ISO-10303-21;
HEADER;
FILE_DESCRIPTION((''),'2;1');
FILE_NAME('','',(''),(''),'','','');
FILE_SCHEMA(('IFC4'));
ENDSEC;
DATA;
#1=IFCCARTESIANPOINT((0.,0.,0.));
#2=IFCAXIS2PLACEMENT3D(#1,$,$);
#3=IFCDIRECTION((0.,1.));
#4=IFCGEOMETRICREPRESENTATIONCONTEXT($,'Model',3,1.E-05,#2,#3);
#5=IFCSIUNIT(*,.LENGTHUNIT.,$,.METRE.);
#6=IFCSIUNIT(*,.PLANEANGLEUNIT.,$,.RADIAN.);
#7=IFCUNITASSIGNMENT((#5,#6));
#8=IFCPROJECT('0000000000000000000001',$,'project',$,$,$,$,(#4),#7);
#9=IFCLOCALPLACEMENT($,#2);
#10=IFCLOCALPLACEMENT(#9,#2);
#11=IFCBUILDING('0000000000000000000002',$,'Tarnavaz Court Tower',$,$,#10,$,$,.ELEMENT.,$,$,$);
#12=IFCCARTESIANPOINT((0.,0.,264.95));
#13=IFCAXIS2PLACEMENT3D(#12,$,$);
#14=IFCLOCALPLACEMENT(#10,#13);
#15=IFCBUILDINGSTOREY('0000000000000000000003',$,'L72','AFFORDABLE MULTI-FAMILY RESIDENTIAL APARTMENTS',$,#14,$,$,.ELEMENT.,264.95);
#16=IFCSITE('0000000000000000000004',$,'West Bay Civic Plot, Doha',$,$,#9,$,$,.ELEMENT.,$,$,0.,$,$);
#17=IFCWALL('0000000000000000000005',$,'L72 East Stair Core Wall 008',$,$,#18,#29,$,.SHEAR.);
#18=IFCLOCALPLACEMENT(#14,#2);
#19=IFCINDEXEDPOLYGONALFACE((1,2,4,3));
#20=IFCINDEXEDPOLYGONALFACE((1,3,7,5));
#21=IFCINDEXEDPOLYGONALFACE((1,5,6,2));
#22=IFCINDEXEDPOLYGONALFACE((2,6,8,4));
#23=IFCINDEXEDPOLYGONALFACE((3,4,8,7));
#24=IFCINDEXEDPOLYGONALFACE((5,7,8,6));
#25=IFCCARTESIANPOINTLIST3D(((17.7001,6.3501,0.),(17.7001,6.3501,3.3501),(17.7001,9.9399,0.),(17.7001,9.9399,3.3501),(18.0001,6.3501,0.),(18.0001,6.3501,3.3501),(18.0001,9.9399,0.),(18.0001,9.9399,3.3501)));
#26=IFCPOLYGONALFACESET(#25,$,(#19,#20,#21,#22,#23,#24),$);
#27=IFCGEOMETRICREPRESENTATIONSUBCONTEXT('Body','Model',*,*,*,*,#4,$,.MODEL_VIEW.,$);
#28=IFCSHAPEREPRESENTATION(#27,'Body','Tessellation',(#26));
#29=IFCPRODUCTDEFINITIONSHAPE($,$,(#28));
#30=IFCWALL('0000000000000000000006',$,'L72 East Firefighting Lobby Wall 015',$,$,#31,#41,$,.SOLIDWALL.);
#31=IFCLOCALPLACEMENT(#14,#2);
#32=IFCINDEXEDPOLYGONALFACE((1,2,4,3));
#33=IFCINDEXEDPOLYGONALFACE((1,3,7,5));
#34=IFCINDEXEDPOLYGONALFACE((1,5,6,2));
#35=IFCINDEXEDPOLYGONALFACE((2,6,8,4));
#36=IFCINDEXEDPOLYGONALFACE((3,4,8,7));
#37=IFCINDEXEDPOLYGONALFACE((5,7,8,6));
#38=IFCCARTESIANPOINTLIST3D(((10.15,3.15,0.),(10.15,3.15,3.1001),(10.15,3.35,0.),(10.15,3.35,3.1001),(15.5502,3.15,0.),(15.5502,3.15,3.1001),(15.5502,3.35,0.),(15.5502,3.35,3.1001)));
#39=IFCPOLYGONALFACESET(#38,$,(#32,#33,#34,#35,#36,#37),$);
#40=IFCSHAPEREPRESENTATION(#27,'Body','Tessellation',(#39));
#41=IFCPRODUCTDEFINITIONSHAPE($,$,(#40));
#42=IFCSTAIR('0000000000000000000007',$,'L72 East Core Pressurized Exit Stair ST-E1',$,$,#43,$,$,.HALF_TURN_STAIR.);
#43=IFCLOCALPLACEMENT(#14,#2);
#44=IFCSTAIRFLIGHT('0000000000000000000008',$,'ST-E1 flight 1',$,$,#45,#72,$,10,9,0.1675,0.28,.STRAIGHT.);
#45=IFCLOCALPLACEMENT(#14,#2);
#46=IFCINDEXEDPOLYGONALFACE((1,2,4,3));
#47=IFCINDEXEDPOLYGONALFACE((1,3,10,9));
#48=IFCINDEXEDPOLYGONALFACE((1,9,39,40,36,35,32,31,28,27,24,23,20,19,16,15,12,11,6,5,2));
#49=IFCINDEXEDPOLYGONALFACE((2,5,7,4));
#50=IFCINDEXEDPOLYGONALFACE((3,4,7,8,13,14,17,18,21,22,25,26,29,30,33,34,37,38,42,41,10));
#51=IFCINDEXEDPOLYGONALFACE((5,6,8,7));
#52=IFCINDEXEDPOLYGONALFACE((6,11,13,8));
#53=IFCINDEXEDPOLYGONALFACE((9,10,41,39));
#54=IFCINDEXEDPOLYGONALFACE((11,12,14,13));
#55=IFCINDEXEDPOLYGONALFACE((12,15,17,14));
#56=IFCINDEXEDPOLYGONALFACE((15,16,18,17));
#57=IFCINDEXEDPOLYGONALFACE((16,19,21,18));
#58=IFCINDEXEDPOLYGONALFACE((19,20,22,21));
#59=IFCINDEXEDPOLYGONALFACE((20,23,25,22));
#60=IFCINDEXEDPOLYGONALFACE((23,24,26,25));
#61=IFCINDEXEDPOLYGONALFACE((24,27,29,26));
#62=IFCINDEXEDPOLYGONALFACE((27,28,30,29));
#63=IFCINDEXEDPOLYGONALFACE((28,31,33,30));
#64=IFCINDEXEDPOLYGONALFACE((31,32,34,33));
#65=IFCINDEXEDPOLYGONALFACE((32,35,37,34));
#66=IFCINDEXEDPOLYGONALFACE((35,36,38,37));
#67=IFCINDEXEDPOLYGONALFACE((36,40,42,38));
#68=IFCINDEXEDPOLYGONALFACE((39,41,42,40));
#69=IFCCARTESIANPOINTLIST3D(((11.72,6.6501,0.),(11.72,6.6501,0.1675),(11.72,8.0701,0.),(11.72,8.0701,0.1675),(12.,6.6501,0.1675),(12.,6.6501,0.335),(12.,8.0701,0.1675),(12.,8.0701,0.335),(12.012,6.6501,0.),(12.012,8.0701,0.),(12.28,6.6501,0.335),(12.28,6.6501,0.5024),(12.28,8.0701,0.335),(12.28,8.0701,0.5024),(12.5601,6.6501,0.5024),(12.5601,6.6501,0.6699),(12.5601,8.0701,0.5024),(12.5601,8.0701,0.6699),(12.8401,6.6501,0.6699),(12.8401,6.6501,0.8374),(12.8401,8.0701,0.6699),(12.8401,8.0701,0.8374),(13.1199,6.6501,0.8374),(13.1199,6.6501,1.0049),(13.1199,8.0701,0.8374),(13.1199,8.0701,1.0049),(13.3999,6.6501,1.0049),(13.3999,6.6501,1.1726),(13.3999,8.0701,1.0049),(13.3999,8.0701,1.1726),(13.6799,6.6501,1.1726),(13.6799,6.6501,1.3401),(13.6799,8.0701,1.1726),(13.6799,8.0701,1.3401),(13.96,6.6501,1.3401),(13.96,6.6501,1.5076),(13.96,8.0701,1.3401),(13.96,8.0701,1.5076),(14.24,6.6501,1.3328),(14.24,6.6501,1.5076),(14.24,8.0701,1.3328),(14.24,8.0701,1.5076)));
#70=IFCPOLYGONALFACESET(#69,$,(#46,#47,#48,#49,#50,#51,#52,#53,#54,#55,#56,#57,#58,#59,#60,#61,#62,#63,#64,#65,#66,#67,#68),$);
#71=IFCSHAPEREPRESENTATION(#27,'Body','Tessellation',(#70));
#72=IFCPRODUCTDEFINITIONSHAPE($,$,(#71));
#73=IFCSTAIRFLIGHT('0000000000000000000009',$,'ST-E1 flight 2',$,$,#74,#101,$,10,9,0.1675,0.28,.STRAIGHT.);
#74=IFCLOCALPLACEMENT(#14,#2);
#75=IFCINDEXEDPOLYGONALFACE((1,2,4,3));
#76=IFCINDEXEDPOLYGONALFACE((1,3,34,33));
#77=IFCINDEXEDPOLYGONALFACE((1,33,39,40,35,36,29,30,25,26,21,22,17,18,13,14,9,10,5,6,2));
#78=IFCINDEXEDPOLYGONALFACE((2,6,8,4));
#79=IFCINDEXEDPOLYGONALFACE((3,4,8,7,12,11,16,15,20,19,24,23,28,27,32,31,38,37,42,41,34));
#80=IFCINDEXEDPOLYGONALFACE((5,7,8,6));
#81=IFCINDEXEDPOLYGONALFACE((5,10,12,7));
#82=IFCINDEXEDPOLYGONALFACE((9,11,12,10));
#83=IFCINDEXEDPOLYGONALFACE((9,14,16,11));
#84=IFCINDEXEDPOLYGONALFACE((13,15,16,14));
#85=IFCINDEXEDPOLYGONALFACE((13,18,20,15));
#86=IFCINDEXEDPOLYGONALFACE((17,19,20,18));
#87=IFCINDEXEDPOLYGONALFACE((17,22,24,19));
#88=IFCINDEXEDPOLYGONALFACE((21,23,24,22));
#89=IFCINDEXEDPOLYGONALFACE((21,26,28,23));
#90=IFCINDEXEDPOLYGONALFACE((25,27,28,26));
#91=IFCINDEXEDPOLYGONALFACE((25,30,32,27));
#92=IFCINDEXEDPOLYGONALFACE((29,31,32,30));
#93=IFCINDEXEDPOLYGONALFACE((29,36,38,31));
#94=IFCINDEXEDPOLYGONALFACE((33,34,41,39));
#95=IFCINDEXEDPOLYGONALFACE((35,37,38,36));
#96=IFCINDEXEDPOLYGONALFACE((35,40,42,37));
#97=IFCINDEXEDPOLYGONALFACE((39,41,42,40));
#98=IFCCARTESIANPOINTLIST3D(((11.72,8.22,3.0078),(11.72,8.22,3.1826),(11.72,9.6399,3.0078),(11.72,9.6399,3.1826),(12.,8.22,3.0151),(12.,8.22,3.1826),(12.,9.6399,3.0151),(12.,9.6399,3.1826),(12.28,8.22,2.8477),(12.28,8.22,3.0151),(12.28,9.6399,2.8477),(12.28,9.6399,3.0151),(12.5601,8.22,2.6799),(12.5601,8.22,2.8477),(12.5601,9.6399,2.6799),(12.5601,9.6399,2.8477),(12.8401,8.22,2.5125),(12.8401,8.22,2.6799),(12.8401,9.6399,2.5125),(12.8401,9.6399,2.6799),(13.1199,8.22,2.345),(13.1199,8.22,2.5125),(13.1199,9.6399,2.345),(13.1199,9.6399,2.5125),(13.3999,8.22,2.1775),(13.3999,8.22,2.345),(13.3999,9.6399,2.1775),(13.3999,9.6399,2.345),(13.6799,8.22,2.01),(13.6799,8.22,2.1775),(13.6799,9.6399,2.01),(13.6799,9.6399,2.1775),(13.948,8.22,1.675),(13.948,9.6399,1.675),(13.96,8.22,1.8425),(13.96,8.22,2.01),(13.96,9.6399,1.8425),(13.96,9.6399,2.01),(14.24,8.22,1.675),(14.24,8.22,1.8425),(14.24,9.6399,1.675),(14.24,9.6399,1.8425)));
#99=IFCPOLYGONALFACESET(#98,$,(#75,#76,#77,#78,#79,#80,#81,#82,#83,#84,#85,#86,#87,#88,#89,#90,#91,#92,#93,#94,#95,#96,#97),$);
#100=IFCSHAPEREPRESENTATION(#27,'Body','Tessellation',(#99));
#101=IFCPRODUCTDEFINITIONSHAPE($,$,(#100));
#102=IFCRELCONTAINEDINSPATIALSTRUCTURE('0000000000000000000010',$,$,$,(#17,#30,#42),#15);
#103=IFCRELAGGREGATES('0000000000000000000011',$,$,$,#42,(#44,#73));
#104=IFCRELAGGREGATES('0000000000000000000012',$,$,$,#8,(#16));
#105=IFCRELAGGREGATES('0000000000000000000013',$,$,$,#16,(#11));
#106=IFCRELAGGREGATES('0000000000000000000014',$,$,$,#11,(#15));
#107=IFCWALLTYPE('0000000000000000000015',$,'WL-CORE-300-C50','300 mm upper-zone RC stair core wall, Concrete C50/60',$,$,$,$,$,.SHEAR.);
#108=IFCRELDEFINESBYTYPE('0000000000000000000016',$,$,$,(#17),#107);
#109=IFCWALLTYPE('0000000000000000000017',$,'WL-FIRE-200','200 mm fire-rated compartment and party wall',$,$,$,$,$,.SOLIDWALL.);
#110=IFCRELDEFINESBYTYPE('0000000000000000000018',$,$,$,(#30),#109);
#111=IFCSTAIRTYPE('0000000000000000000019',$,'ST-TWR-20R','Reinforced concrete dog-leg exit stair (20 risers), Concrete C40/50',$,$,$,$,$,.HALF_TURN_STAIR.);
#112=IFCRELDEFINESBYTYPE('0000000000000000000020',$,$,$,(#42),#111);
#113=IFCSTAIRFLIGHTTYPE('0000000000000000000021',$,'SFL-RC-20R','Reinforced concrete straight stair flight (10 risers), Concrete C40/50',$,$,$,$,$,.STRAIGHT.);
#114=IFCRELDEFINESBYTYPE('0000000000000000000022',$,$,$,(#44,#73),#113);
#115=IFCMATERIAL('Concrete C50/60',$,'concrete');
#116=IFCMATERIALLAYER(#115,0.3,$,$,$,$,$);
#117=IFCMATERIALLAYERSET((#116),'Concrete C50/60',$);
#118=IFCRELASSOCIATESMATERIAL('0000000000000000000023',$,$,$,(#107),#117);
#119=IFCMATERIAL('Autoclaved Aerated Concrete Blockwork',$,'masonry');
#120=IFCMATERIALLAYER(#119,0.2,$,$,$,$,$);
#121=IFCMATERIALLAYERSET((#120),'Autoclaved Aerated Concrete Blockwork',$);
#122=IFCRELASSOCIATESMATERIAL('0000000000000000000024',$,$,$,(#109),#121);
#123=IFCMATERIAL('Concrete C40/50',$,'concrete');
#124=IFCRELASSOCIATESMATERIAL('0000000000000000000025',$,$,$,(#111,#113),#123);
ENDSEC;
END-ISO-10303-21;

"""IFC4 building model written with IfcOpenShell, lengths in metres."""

from ifc_helpers import new_model, si_unit, direction, frame, frame_2d, origin, place, context, subcontext, project, spatial, polyline, rectangle, outline, extrude, material, layer, layer_set, type_object, element, aggregate, save


model = new_model("IFC4")

# Units and contexts
model_context = context("Model", 3, precision=1e-05, world=origin(), true_north=direction((0.0, 1.0)))
body_context = subcontext(model_context, "Body", "Model", "MODEL_VIEW")
ifc_project = project(units=[si_unit("LENGTHUNIT", "METRE"), si_unit("PLANEANGLEUNIT", "RADIAN")], contexts=[model_context])

# Site, building, storey
site_placement = place(None, origin())
site = spatial("IfcSite", under=ifc_project, at=site_placement, Name="West Bay Civic Plot, Doha", CompositionType="ELEMENT", RefElevation=0.0)
building_placement = place(site_placement, origin())
building = spatial("IfcBuilding", under=site, at=building_placement, Name="Tarnavaz Court Tower", CompositionType="ELEMENT")
storey_placement = place(building_placement, frame((0.0, 0.0, 264.95)))
storey = spatial("IfcBuildingStorey", under=building, at=storey_placement, Name="L72", Description="AFFORDABLE MULTI-FAMILY RESIDENTIAL APARTMENTS", CompositionType="ELEMENT", Elevation=264.95)

# Shared definitions
ifc_material_1 = material(Name="Concrete C50/60", Category="concrete")

# Walls
ifc_layer_1 = layer(ifc_material_1, 0.3)
ifc_layer_set_1 = layer_set([ifc_layer_1], Name="Concrete C50/60")
wall_type_1 = type_object("IfcWallType", Name="WL-CORE-300-C50", Description="300 mm upper-zone RC stair core wall, Concrete C50/60", PredefinedType="SHEAR", material=ifc_layer_set_1)
for number, where, z_axis, x_axis, name in (
    (1, (17.8501, 6.3501, 0.0), (0.0, 0.0, 1.0), (0.0, 1.0, 0.0), "L72 East Stair Core Wall 008"),
):
    element("IfcWall", number, at=place(storey_placement, frame(where, z_axis=z_axis, x_axis=x_axis)), inside=storey, type_object=wall_type_1, Name=name, PredefinedType="SHEAR", context=body_context, shape_type="SweptSolid", body=[
        extrude(rectangle(XDim=3.5898, YDim=0.3, at=frame_2d((1.7949, 0.0))), origin(), (0.0, 0.0, 1.0), 3.3501),
    ])
ifc_material_2 = material(Name="Autoclaved Aerated Concrete Blockwork", Category="masonry")
ifc_layer_2 = layer(ifc_material_2, 0.2)
ifc_layer_set_2 = layer_set([ifc_layer_2], Name="Autoclaved Aerated Concrete Blockwork")
wall_type_2 = type_object("IfcWallType", Name="WL-FIRE-200", Description="200 mm fire-rated compartment and party wall", PredefinedType="SOLIDWALL", material=ifc_layer_set_2)
wall_1_placement = place(storey_placement, frame((10.1499, 3.25, 0.0), z_axis=(0.0, 0.0, 1.0), x_axis=(1.0, 0.0, 0.0)))
element("IfcWall", 2, at=wall_1_placement, inside=storey, type_object=wall_type_2, Name="L72 East Firefighting Lobby Wall 015", PredefinedType="SOLIDWALL", context=body_context, shape_type="SweptSolid", body=[
    extrude(rectangle(XDim=5.4001, YDim=0.2, at=frame_2d((2.7002, 0.0))), origin(), (0.0, 0.0, 1.0), 3.1001),
])

# Stair, stair flights
ifc_material_3 = material(Name="Concrete C40/50", Category="concrete")
stair_type = type_object("IfcStairType", Name="ST-TWR-20R", Description="Reinforced concrete dog-leg exit stair (20 risers), Concrete C40/50", PredefinedType="HALF_TURN_STAIR", material=ifc_material_3)
stair_placement = place(storey_placement, origin())
stair = element("IfcStair", 3, at=stair_placement, inside=storey, type_object=stair_type, Name="L72 East Core Pressurized Exit Stair ST-E1", PredefinedType="HALF_TURN_STAIR")
stair_flight_type = type_object("IfcStairFlightType", Name="SFL-RC-20R", Description="Reinforced concrete straight stair flight (10 risers), Concrete C40/50", PredefinedType="STRAIGHT", material=ifc_material_3)
stair_flight_1_placement = place(storey_placement, frame((11.72, 7.3601, 0.0), z_axis=(0.0, 0.0, 1.0), x_axis=(1.0, 0.0, 0.0)))
stair_flight_1 = element("IfcStairFlight", 4, at=stair_flight_1_placement, type_object=stair_flight_type, Name="ST-E1 flight 1", NumberOfRisers=10, NumberOfTreads=9, PredefinedType="STRAIGHT", RiserHeight=0.1675, TreadLength=0.28, context=body_context, shape_type="SweptSolid", body=[
    extrude(outline(polyline([(0.0, 0.0), (0.0, 0.1675), (0.28, 0.1675), (0.28, 0.335), (0.5601, 0.335), (0.5601, 0.5024), (0.8401, 0.5024), (0.8401, 0.6699), (1.1201, 0.6699), (1.1201, 0.8374), (1.3999, 0.8374), (1.3999, 1.0049), (1.6799, 1.0049), (1.6799, 1.1726), (1.96, 1.1726), (1.96, 1.3401), (2.24, 1.3401), (2.24, 1.5076), (2.52, 1.5076), (2.52, 1.675), (2.52, 1.3328), (0.292, 0.0), (0.0, 0.0)])), frame((0.0, 0.71, 0.0), z_axis=(0.0, -1.0, 0.0), x_axis=(1.0, 0.0, 0.0)), (0.0, 0.0, 1.0), 1.4199),
])
stair_flight_2_placement = place(storey_placement, frame((14.24, 8.9299, 1.675), z_axis=(0.0, 0.0, 1.0), x_axis=(-1.0, 0.0, 0.0)))
stair_flight_2 = element("IfcStairFlight", 5, at=stair_flight_2_placement, type_object=stair_flight_type, Name="ST-E1 flight 2", NumberOfRisers=10, NumberOfTreads=9, PredefinedType="STRAIGHT", RiserHeight=0.1675, TreadLength=0.28, context=body_context, shape_type="SweptSolid", body=[
    extrude(outline(polyline([(0.0, 0.0), (0.0, 0.1675), (0.28, 0.1675), (0.28, 0.335), (0.5601, 0.335), (0.5601, 0.5024), (0.8401, 0.5024), (0.8401, 0.6699), (1.1201, 0.6699), (1.1201, 0.8374), (1.3999, 0.8374), (1.3999, 1.0049), (1.6799, 1.0049), (1.6799, 1.1726), (1.96, 1.1726), (1.96, 1.3401), (2.24, 1.3401), (2.24, 1.5076), (2.52, 1.5076), (2.52, 1.675), (2.52, 1.3328), (0.292, 0.0), (0.0, 0.0)])), frame((0.0, 0.71, 0.0), z_axis=(0.0, -1.0, 0.0), x_axis=(1.0, 0.0, 0.0)), (0.0, 0.0, 1.0), 1.4199),
])
aggregate(stair, [stair_flight_1, stair_flight_2])

save(model, "model.ifc")
